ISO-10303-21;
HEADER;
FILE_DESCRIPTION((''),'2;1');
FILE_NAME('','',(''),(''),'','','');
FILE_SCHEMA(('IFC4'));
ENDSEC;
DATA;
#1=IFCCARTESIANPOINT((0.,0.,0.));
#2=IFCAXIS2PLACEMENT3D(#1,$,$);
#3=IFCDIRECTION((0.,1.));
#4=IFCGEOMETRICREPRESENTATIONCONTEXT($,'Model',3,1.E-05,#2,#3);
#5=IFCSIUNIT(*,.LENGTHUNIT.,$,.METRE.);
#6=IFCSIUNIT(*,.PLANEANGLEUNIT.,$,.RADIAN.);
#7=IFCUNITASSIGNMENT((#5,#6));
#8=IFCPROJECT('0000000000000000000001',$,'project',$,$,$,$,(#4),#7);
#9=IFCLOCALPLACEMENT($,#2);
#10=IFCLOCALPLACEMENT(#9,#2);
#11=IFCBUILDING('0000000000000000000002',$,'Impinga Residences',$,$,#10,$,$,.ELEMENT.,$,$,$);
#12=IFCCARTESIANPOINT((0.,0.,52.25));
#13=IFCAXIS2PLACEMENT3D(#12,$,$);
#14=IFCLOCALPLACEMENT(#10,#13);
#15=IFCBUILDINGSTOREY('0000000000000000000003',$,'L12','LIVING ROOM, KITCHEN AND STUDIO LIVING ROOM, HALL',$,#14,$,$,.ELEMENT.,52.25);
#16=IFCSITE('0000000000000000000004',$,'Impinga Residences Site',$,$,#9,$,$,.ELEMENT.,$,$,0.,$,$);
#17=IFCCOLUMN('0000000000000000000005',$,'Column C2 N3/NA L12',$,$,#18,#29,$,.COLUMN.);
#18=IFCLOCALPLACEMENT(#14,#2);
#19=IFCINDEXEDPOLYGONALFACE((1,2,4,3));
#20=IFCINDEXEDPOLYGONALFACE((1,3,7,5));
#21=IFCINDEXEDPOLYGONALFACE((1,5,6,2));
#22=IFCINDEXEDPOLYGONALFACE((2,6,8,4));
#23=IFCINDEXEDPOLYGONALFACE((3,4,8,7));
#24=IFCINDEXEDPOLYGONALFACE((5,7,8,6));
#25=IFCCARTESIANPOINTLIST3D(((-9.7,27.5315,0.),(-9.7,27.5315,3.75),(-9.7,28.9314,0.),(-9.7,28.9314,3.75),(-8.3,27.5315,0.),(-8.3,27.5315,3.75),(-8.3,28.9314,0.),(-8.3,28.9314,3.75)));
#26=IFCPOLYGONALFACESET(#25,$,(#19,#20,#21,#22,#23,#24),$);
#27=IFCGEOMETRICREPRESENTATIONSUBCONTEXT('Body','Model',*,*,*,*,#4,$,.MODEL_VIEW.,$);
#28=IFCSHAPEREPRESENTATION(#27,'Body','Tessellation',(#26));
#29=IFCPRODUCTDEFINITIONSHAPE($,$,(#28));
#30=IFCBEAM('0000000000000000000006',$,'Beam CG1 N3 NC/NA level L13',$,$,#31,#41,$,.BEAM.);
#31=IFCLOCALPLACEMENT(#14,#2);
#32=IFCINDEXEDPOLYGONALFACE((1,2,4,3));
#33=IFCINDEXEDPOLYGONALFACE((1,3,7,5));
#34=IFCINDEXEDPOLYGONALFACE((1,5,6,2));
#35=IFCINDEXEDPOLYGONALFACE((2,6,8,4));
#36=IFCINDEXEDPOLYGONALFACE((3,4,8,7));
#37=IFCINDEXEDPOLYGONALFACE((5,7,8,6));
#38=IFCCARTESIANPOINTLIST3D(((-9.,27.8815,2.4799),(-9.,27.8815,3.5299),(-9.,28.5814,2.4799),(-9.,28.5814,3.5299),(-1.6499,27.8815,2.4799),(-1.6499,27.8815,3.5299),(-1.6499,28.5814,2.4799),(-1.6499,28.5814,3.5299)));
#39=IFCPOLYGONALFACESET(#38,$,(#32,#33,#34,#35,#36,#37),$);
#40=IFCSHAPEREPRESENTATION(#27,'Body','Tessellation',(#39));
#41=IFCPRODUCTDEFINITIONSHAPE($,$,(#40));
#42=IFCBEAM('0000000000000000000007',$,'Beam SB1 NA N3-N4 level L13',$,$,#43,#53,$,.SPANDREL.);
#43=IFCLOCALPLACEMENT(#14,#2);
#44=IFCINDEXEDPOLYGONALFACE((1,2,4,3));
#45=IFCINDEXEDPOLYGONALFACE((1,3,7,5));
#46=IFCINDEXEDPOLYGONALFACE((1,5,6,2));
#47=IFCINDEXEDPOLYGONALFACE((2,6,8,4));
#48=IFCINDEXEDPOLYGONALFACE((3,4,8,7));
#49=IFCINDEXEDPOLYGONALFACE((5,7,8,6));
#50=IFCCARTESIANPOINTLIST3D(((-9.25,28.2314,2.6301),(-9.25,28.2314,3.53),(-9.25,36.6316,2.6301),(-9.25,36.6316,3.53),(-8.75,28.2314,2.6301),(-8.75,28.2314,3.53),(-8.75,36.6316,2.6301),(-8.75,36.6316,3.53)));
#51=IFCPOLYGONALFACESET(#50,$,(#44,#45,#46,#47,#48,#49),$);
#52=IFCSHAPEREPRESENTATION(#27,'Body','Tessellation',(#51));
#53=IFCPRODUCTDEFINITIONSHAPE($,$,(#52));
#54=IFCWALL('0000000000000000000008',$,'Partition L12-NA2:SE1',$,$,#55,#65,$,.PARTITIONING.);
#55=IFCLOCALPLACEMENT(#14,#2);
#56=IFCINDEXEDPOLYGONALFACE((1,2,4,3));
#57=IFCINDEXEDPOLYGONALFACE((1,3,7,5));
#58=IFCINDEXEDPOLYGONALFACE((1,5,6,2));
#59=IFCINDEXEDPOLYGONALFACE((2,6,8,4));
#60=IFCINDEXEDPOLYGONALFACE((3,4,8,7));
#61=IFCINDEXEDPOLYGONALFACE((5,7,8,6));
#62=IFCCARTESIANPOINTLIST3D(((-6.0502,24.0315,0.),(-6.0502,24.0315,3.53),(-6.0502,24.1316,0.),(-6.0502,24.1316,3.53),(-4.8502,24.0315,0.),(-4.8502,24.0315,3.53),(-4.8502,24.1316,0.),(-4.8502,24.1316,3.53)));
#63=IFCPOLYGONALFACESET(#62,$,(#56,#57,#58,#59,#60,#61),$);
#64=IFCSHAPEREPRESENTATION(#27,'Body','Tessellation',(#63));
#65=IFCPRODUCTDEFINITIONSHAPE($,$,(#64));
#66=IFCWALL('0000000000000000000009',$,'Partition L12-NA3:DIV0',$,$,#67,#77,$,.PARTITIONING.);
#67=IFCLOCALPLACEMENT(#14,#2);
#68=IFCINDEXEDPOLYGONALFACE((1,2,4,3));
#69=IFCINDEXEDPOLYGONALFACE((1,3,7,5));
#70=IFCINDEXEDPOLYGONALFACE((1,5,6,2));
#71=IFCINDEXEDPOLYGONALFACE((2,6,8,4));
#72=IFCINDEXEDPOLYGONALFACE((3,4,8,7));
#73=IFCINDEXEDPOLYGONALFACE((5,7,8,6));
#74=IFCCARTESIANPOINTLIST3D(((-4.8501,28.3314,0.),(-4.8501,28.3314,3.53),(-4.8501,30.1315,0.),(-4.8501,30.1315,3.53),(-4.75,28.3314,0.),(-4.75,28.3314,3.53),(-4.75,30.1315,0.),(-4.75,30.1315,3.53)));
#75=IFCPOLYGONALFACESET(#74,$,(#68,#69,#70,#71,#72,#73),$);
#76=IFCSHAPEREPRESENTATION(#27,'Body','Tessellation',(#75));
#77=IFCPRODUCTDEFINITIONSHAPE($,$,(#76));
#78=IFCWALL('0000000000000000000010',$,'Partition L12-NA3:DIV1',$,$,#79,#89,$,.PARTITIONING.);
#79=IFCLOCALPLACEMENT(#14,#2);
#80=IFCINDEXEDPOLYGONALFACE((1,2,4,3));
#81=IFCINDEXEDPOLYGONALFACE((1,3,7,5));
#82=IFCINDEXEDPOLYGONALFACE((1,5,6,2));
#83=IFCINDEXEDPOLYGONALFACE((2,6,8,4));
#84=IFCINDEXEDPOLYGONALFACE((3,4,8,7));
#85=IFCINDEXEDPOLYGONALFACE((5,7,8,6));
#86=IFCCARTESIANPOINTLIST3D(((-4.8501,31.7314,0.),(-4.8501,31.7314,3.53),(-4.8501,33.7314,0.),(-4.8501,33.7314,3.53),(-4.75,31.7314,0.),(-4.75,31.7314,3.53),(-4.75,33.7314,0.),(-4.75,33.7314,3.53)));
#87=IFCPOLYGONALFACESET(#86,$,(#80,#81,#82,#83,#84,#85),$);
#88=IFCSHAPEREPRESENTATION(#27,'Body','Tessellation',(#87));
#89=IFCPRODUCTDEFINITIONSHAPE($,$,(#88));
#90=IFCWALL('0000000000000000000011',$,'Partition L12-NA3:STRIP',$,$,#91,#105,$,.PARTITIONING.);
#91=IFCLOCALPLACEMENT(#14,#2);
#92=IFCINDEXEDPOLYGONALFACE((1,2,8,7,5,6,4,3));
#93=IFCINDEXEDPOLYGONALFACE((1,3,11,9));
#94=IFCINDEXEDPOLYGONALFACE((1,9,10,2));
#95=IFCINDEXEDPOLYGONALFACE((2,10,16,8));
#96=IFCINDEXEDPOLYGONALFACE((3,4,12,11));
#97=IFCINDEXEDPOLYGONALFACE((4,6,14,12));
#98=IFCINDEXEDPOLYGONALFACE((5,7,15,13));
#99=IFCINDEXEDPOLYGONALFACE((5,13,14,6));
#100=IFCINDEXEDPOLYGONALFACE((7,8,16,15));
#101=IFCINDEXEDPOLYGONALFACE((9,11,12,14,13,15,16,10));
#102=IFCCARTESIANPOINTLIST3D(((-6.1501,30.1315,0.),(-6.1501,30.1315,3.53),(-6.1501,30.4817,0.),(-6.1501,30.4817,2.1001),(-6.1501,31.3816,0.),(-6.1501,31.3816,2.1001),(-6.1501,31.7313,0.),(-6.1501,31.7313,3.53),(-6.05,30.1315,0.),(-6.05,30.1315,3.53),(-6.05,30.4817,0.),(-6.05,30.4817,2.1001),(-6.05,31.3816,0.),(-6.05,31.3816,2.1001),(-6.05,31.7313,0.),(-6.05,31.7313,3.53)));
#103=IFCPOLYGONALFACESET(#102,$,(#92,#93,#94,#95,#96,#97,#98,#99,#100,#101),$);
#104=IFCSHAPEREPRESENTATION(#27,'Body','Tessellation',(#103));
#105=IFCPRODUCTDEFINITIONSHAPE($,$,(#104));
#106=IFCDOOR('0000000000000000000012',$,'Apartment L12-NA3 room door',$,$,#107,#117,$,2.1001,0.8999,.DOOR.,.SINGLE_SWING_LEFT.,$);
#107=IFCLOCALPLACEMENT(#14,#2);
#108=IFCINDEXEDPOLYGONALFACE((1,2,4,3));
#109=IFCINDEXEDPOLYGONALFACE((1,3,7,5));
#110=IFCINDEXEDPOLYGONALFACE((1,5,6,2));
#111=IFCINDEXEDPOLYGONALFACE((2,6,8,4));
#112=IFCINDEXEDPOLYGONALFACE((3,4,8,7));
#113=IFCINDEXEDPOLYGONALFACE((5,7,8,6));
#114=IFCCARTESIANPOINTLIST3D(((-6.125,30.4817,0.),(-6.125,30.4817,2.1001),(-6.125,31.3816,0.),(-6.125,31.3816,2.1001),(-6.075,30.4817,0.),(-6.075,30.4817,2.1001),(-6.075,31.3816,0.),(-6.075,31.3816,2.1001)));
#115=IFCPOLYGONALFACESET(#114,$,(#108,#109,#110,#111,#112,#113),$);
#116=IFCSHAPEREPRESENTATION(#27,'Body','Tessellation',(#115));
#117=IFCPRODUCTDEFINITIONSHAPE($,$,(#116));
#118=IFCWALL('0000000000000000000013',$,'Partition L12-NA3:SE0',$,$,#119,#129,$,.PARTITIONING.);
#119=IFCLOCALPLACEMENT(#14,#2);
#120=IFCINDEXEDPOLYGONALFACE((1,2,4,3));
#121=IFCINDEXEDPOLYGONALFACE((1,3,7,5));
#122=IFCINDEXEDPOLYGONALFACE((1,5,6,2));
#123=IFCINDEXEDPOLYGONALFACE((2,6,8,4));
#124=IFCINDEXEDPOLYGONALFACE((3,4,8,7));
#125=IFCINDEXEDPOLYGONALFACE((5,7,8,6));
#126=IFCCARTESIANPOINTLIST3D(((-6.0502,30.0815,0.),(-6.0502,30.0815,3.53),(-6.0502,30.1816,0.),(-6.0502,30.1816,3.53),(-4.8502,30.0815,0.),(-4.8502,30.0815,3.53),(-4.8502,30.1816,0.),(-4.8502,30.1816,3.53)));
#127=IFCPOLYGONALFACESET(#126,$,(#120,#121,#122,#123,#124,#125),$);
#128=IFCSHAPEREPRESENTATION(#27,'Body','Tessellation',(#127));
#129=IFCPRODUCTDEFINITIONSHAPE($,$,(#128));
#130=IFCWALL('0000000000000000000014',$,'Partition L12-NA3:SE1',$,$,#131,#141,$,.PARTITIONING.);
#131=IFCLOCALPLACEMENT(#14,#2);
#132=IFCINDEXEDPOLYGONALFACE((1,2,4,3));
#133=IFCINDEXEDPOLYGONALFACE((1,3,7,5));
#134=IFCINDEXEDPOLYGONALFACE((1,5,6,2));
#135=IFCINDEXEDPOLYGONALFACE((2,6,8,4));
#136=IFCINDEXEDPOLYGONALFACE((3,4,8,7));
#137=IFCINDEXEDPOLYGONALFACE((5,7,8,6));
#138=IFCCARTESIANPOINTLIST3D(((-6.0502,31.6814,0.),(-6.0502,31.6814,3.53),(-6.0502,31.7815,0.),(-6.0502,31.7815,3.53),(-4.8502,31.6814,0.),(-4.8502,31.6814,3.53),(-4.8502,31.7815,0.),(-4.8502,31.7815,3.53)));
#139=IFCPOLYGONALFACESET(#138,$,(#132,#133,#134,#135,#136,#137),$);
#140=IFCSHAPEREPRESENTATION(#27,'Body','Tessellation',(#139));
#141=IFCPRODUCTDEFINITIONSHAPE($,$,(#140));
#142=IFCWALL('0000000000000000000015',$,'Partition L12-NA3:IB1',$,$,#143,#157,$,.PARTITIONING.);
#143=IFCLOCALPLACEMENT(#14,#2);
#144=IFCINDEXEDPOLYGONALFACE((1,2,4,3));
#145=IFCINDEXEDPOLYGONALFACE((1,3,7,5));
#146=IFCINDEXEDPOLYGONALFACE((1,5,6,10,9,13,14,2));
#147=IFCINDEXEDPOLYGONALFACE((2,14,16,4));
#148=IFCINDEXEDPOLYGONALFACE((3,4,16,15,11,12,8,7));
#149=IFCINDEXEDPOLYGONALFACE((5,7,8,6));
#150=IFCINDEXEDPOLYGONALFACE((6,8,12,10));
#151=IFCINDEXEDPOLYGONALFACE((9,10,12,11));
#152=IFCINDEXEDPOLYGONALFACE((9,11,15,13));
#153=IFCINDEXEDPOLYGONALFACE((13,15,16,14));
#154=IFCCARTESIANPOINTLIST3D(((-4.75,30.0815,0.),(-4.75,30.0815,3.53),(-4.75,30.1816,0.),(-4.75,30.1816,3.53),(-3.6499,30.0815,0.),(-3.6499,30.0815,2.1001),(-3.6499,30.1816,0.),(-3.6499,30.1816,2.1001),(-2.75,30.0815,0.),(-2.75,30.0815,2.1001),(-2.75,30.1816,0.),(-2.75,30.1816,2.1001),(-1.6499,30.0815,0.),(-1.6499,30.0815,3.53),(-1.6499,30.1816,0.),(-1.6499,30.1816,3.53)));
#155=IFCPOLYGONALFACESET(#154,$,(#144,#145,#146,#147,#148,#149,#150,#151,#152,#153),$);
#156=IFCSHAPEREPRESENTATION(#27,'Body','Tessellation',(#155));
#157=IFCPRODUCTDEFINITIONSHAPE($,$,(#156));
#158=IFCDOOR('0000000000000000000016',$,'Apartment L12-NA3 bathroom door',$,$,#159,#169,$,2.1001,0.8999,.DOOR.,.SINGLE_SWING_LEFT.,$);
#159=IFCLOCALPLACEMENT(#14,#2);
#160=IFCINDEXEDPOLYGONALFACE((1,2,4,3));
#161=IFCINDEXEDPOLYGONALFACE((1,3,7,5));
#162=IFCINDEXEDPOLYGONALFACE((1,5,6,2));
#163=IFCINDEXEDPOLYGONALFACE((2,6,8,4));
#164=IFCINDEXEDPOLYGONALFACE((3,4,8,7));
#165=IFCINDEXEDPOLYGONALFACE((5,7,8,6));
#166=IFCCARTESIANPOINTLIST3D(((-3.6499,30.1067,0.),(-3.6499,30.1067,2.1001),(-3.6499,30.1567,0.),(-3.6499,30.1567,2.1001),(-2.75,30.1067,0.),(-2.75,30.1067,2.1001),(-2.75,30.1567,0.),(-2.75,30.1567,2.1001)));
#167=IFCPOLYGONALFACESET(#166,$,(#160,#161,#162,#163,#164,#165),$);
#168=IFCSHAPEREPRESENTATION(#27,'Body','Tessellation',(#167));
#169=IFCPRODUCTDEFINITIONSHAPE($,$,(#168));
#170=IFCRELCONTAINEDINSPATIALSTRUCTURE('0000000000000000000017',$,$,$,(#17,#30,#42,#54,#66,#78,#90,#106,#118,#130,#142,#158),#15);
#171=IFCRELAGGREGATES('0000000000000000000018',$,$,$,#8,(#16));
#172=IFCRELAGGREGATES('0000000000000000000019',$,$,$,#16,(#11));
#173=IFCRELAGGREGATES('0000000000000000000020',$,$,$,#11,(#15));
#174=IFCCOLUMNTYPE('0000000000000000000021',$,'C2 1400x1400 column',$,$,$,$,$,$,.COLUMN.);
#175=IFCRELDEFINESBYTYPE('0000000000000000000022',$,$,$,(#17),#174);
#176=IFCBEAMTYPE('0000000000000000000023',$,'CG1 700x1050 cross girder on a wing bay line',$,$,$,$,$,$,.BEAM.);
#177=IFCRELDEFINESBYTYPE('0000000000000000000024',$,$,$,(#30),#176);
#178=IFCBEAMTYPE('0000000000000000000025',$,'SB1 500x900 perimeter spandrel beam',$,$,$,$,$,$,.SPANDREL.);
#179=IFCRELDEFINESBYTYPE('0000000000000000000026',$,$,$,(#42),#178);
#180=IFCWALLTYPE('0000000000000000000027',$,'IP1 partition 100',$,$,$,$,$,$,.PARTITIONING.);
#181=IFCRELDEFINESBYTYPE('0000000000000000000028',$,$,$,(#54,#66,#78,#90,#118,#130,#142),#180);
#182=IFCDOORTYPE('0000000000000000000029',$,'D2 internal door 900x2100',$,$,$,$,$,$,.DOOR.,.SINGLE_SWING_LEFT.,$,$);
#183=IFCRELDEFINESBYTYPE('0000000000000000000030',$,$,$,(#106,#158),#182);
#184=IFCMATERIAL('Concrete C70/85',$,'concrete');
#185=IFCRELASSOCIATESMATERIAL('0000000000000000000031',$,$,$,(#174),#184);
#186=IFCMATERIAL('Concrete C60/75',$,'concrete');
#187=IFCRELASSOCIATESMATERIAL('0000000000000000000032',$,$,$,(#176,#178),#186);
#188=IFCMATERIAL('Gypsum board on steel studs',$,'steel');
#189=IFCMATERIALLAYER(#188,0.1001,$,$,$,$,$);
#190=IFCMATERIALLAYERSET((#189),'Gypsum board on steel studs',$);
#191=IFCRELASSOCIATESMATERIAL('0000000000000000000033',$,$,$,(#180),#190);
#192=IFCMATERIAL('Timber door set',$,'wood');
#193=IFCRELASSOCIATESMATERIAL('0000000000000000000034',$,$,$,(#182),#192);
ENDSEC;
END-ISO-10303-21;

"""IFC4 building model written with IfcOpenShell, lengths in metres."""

from ifc_helpers import new_model, si_unit, direction, frame, frame_2d, origin, origin_2d, place, context, subcontext, project, spatial, rectangle, extrude, material, layer, layer_set, material_profile, profile_set, type_object, element, fill, save


model = new_model("IFC4")

# Units and contexts
model_context = context("Model", 3, precision=1e-05, world=origin(), true_north=direction((0.0, 1.0)))
body_context = subcontext(model_context, "Body", "Model", "MODEL_VIEW")
ifc_project = project(units=[si_unit("LENGTHUNIT", "METRE"), si_unit("PLANEANGLEUNIT", "RADIAN")], contexts=[model_context])

# Site, building, storey
site_placement = place(None, origin())
site = spatial("IfcSite", under=ifc_project, at=site_placement, Name="Impinga Residences Site", CompositionType="ELEMENT", RefElevation=0.0)
building_placement = place(site_placement, origin())
building = spatial("IfcBuilding", under=site, at=building_placement, Name="Impinga Residences", CompositionType="ELEMENT")
storey_placement = place(building_placement, frame((0.0, 0.0, 52.25)))
storey = spatial("IfcBuildingStorey", under=building, at=storey_placement, Name="L12", Description="LIVING ROOM, KITCHEN AND STUDIO LIVING ROOM, HALL", CompositionType="ELEMENT", Elevation=52.25)

# Column
ifc_material_1 = material(Name="Concrete C70/85", Category="concrete")
ifc_material_profile_1 = material_profile(ifc_material_1, rectangle(XDim=1.3999, YDim=1.3999, at=origin_2d()), Name="RC 1400x1400")
ifc_profile_set_1 = profile_set([ifc_material_profile_1], Name="Concrete C70/85")
column_type = type_object("IfcColumnType", Name="C2 1400x1400 column", PredefinedType="COLUMN", material=ifc_profile_set_1)
column_placement = place(storey_placement, frame((-9.0, 28.2314, 0.0), z_axis=(0.0, 0.0, 1.0), x_axis=(1.0, 0.0, 0.0)))
element("IfcColumn", 1, at=column_placement, inside=storey, type_object=column_type, Name="Column C2 N3/NA L12", PredefinedType="COLUMN", context=body_context, shape_type="SweptSolid", body=[
    extrude(rectangle(XDim=1.3999, YDim=1.3999, at=origin_2d()), origin(), (0.0, 0.0, 1.0), 3.75),
])

# Beams
ifc_material_2 = material(Name="Concrete C60/75", Category="concrete")
ifc_material_profile_2 = material_profile(ifc_material_2, rectangle(XDim=0.7, YDim=1.05, at=origin_2d()), Name="RC 700x1050")
ifc_profile_set_2 = profile_set([ifc_material_profile_2], Name="Concrete C60/75")
beam_type_1 = type_object("IfcBeamType", Name="CG1 700x1050 cross girder on a wing bay line", PredefinedType="BEAM", material=ifc_profile_set_2)
beam_1_placement = place(storey_placement, frame((-1.6499, 28.2314, 3.0049), z_axis=(-1.0, 0.0, 0.0), x_axis=(0.0, -1.0, 0.0)))
element("IfcBeam", 2, at=beam_1_placement, inside=storey, type_object=beam_type_1, Name="Beam CG1 N3 NC/NA level L13", PredefinedType="BEAM", context=body_context, shape_type="SweptSolid", body=[
    extrude(rectangle(XDim=0.7, YDim=1.05, at=origin_2d()), origin(), (0.0, 0.0, 1.0), 7.3501),
])
ifc_material_profile_3 = material_profile(ifc_material_2, rectangle(XDim=0.5, YDim=0.8999, at=origin_2d()), Name="RC 500x900")
ifc_profile_set_3 = profile_set([ifc_material_profile_3], Name="Concrete C60/75")
beam_type_2 = type_object("IfcBeamType", Name="SB1 500x900 perimeter spandrel beam", PredefinedType="SPANDREL", material=ifc_profile_set_3)
beam_2_placement = place(storey_placement, frame((-9.0, 28.2314, 3.0801), z_axis=(0.0, 1.0, 0.0), x_axis=(-1.0, 0.0, 0.0)))
element("IfcBeam", 3, at=beam_2_placement, inside=storey, type_object=beam_type_2, Name="Beam SB1 NA N3-N4 level L13", PredefinedType="SPANDREL", context=body_context, shape_type="SweptSolid", body=[
    extrude(rectangle(XDim=0.5, YDim=0.8999, at=origin_2d()), origin(), (0.0, 0.0, 1.0), 8.4001),
])

# Walls
ifc_material_3 = material(Name="Gypsum board on steel studs", Category="steel")
ifc_layer_1 = layer(ifc_material_3, 0.1001)
ifc_layer_set_1 = layer_set([ifc_layer_1], Name="Gypsum board on steel studs")
wall_type_1 = type_object("IfcWallType", Name="IP1 partition 100", PredefinedType="PARTITIONING", material=ifc_layer_set_1)
wall_1_placement = place(storey_placement, frame((-4.8501, 24.0815, 0.0), z_axis=(0.0, 0.0, 1.0), x_axis=(-1.0, 0.0, 0.0)))
element("IfcWall", 4, at=wall_1_placement, inside=storey, type_object=wall_type_1, Name="Partition L12-NA2:SE1", PredefinedType="PARTITIONING", context=body_context, shape_type="SweptSolid", body=[
    extrude(rectangle(XDim=1.2, YDim=0.1001, at=frame_2d((0.6001, 0.0))), origin(), (0.0, 0.0, 1.0), 3.53),
])
wall_2_placement = place(storey_placement, frame((-4.8, 28.3315, 0.0), z_axis=(0.0, 0.0, 1.0), x_axis=(0.0, 1.0, 0.0)))
element("IfcWall", 5, at=wall_2_placement, inside=storey, type_object=wall_type_1, Name="Partition L12-NA3:DIV0", PredefinedType="PARTITIONING", context=body_context, shape_type="SweptSolid", body=[
    extrude(rectangle(XDim=1.8, YDim=0.1001, at=frame_2d((0.8999, 0.0))), origin(), (0.0, 0.0, 1.0), 3.53),
])
wall_3_placement = place(storey_placement, frame((-4.8, 31.7314, 0.0), z_axis=(0.0, 0.0, 1.0), x_axis=(0.0, 1.0, 0.0)))
element("IfcWall", 6, at=wall_3_placement, inside=storey, type_object=wall_type_1, Name="Partition L12-NA3:DIV1", PredefinedType="PARTITIONING", context=body_context, shape_type="SweptSolid", body=[
    extrude(rectangle(XDim=2.0, YDim=0.1001, at=frame_2d((1.0, 0.0))), origin(), (0.0, 0.0, 1.0), 3.53),
])

# Wall, opening, door
wall_4_placement = place(storey_placement, frame((-6.1001, 30.1316, 0.0), z_axis=(0.0, 0.0, 1.0), x_axis=(0.0, 1.0, 0.0)))
wall_4 = element("IfcWall", 7, at=wall_4_placement, inside=storey, type_object=wall_type_1, Name="Partition L12-NA3:STRIP", PredefinedType="PARTITIONING", context=body_context, shape_type="SweptSolid", body=[
    extrude(rectangle(XDim=1.5999, YDim=0.1001, at=frame_2d((0.7998, 0.0))), origin(), (0.0, 0.0, 1.0), 3.53),
])
opening_1_placement = place(wall_4_placement, frame((0.3501, 0.0, 0.0)))
opening_1 = element("IfcOpeningElement", 8, at=opening_1_placement, cuts=wall_4, PredefinedType="OPENING", context=body_context, shape_type="SweptSolid", body=[
    extrude(rectangle(XDim=0.8999, YDim=2.1001, at=frame_2d((0.45, 1.05))), frame((0.0, 0.0601, 0.0), z_axis=(0.0, -1.0, 0.0), x_axis=(1.0, 0.0, 0.0)), (0.0, 0.0, 1.0), 0.1201),
])
ifc_material_4 = material(Name="Timber door set", Category="wood")
door_type = type_object("IfcDoorType", Name="D2 internal door 900x2100", OperationType="SINGLE_SWING_LEFT", PredefinedType="DOOR", material=ifc_material_4)
door_1_placement = place(opening_1_placement, origin())
door_1 = element("IfcDoor", 9, at=door_1_placement, inside=storey, type_object=door_type, Name="Apartment L12-NA3 room door", OperationType="SINGLE_SWING_LEFT", OverallHeight=2.1001, OverallWidth=0.8999, PredefinedType="DOOR", context=body_context, shape_type="SweptSolid", body=[
    extrude(rectangle(XDim=0.8999, YDim=2.1001, at=frame_2d((0.45, 1.05))), frame((0.0, 0.0249, 0.0), z_axis=(0.0, -1.0, 0.0), x_axis=(1.0, 0.0, 0.0)), (0.0, 0.0, 1.0), 0.05),
])
fill(opening_1, door_1)

# Walls
for number, where, z_axis, x_axis, name in (
    (10, (-4.8501, 30.1316, 0.0), (0.0, 0.0, 1.0), (-1.0, 0.0, 0.0), "Partition L12-NA3:SE0"),
    (11, (-4.8501, 31.7314, 0.0), (0.0, 0.0, 1.0), (-1.0, 0.0, 0.0), "Partition L12-NA3:SE1"),
):
    element("IfcWall", number, at=place(storey_placement, frame(where, z_axis=z_axis, x_axis=x_axis)), inside=storey, type_object=wall_type_1, Name=name, PredefinedType="PARTITIONING", context=body_context, shape_type="SweptSolid", body=[
        extrude(rectangle(XDim=1.2, YDim=0.1001, at=frame_2d((0.6001, 0.0))), origin(), (0.0, 0.0, 1.0), 3.53),
    ])

# Wall, opening, door
wall_5_placement = place(storey_placement, frame((-1.6499, 30.1316, 0.0), z_axis=(0.0, 0.0, 1.0), x_axis=(-1.0, 0.0, 0.0)))
wall_5 = element("IfcWall", 12, at=wall_5_placement, inside=storey, type_object=wall_type_1, Name="Partition L12-NA3:IB1", PredefinedType="PARTITIONING", context=body_context, shape_type="SweptSolid", body=[
    extrude(rectangle(XDim=3.1001, YDim=0.1001, at=frame_2d((1.55, 0.0))), origin(), (0.0, 0.0, 1.0), 3.53),
])
opening_2_placement = place(wall_5_placement, frame((1.1001, 0.0, 0.0)))
opening_2 = element("IfcOpeningElement", 13, at=opening_2_placement, cuts=wall_5, PredefinedType="OPENING", context=body_context, shape_type="SweptSolid", body=[
    extrude(rectangle(XDim=0.8999, YDim=2.1001, at=frame_2d((0.45, 1.05))), frame((0.0, 0.0601, 0.0), z_axis=(0.0, -1.0, 0.0), x_axis=(1.0, 0.0, 0.0)), (0.0, 0.0, 1.0), 0.1201),
])
door_2_placement = place(opening_2_placement, origin())
door_2 = element("IfcDoor", 14, at=door_2_placement, inside=storey, type_object=door_type, Name="Apartment L12-NA3 bathroom door", OperationType="SINGLE_SWING_LEFT", OverallHeight=2.1001, OverallWidth=0.8999, PredefinedType="DOOR", context=body_context, shape_type="SweptSolid", body=[
    extrude(rectangle(XDim=0.8999, YDim=2.1001, at=frame_2d((0.45, 1.05))), frame((0.0, 0.0249, 0.0), z_axis=(0.0, -1.0, 0.0), x_axis=(1.0, 0.0, 0.0)), (0.0, 0.0, 1.0), 0.05),
])
fill(opening_2, door_2)

save(model, "model.ifc")
